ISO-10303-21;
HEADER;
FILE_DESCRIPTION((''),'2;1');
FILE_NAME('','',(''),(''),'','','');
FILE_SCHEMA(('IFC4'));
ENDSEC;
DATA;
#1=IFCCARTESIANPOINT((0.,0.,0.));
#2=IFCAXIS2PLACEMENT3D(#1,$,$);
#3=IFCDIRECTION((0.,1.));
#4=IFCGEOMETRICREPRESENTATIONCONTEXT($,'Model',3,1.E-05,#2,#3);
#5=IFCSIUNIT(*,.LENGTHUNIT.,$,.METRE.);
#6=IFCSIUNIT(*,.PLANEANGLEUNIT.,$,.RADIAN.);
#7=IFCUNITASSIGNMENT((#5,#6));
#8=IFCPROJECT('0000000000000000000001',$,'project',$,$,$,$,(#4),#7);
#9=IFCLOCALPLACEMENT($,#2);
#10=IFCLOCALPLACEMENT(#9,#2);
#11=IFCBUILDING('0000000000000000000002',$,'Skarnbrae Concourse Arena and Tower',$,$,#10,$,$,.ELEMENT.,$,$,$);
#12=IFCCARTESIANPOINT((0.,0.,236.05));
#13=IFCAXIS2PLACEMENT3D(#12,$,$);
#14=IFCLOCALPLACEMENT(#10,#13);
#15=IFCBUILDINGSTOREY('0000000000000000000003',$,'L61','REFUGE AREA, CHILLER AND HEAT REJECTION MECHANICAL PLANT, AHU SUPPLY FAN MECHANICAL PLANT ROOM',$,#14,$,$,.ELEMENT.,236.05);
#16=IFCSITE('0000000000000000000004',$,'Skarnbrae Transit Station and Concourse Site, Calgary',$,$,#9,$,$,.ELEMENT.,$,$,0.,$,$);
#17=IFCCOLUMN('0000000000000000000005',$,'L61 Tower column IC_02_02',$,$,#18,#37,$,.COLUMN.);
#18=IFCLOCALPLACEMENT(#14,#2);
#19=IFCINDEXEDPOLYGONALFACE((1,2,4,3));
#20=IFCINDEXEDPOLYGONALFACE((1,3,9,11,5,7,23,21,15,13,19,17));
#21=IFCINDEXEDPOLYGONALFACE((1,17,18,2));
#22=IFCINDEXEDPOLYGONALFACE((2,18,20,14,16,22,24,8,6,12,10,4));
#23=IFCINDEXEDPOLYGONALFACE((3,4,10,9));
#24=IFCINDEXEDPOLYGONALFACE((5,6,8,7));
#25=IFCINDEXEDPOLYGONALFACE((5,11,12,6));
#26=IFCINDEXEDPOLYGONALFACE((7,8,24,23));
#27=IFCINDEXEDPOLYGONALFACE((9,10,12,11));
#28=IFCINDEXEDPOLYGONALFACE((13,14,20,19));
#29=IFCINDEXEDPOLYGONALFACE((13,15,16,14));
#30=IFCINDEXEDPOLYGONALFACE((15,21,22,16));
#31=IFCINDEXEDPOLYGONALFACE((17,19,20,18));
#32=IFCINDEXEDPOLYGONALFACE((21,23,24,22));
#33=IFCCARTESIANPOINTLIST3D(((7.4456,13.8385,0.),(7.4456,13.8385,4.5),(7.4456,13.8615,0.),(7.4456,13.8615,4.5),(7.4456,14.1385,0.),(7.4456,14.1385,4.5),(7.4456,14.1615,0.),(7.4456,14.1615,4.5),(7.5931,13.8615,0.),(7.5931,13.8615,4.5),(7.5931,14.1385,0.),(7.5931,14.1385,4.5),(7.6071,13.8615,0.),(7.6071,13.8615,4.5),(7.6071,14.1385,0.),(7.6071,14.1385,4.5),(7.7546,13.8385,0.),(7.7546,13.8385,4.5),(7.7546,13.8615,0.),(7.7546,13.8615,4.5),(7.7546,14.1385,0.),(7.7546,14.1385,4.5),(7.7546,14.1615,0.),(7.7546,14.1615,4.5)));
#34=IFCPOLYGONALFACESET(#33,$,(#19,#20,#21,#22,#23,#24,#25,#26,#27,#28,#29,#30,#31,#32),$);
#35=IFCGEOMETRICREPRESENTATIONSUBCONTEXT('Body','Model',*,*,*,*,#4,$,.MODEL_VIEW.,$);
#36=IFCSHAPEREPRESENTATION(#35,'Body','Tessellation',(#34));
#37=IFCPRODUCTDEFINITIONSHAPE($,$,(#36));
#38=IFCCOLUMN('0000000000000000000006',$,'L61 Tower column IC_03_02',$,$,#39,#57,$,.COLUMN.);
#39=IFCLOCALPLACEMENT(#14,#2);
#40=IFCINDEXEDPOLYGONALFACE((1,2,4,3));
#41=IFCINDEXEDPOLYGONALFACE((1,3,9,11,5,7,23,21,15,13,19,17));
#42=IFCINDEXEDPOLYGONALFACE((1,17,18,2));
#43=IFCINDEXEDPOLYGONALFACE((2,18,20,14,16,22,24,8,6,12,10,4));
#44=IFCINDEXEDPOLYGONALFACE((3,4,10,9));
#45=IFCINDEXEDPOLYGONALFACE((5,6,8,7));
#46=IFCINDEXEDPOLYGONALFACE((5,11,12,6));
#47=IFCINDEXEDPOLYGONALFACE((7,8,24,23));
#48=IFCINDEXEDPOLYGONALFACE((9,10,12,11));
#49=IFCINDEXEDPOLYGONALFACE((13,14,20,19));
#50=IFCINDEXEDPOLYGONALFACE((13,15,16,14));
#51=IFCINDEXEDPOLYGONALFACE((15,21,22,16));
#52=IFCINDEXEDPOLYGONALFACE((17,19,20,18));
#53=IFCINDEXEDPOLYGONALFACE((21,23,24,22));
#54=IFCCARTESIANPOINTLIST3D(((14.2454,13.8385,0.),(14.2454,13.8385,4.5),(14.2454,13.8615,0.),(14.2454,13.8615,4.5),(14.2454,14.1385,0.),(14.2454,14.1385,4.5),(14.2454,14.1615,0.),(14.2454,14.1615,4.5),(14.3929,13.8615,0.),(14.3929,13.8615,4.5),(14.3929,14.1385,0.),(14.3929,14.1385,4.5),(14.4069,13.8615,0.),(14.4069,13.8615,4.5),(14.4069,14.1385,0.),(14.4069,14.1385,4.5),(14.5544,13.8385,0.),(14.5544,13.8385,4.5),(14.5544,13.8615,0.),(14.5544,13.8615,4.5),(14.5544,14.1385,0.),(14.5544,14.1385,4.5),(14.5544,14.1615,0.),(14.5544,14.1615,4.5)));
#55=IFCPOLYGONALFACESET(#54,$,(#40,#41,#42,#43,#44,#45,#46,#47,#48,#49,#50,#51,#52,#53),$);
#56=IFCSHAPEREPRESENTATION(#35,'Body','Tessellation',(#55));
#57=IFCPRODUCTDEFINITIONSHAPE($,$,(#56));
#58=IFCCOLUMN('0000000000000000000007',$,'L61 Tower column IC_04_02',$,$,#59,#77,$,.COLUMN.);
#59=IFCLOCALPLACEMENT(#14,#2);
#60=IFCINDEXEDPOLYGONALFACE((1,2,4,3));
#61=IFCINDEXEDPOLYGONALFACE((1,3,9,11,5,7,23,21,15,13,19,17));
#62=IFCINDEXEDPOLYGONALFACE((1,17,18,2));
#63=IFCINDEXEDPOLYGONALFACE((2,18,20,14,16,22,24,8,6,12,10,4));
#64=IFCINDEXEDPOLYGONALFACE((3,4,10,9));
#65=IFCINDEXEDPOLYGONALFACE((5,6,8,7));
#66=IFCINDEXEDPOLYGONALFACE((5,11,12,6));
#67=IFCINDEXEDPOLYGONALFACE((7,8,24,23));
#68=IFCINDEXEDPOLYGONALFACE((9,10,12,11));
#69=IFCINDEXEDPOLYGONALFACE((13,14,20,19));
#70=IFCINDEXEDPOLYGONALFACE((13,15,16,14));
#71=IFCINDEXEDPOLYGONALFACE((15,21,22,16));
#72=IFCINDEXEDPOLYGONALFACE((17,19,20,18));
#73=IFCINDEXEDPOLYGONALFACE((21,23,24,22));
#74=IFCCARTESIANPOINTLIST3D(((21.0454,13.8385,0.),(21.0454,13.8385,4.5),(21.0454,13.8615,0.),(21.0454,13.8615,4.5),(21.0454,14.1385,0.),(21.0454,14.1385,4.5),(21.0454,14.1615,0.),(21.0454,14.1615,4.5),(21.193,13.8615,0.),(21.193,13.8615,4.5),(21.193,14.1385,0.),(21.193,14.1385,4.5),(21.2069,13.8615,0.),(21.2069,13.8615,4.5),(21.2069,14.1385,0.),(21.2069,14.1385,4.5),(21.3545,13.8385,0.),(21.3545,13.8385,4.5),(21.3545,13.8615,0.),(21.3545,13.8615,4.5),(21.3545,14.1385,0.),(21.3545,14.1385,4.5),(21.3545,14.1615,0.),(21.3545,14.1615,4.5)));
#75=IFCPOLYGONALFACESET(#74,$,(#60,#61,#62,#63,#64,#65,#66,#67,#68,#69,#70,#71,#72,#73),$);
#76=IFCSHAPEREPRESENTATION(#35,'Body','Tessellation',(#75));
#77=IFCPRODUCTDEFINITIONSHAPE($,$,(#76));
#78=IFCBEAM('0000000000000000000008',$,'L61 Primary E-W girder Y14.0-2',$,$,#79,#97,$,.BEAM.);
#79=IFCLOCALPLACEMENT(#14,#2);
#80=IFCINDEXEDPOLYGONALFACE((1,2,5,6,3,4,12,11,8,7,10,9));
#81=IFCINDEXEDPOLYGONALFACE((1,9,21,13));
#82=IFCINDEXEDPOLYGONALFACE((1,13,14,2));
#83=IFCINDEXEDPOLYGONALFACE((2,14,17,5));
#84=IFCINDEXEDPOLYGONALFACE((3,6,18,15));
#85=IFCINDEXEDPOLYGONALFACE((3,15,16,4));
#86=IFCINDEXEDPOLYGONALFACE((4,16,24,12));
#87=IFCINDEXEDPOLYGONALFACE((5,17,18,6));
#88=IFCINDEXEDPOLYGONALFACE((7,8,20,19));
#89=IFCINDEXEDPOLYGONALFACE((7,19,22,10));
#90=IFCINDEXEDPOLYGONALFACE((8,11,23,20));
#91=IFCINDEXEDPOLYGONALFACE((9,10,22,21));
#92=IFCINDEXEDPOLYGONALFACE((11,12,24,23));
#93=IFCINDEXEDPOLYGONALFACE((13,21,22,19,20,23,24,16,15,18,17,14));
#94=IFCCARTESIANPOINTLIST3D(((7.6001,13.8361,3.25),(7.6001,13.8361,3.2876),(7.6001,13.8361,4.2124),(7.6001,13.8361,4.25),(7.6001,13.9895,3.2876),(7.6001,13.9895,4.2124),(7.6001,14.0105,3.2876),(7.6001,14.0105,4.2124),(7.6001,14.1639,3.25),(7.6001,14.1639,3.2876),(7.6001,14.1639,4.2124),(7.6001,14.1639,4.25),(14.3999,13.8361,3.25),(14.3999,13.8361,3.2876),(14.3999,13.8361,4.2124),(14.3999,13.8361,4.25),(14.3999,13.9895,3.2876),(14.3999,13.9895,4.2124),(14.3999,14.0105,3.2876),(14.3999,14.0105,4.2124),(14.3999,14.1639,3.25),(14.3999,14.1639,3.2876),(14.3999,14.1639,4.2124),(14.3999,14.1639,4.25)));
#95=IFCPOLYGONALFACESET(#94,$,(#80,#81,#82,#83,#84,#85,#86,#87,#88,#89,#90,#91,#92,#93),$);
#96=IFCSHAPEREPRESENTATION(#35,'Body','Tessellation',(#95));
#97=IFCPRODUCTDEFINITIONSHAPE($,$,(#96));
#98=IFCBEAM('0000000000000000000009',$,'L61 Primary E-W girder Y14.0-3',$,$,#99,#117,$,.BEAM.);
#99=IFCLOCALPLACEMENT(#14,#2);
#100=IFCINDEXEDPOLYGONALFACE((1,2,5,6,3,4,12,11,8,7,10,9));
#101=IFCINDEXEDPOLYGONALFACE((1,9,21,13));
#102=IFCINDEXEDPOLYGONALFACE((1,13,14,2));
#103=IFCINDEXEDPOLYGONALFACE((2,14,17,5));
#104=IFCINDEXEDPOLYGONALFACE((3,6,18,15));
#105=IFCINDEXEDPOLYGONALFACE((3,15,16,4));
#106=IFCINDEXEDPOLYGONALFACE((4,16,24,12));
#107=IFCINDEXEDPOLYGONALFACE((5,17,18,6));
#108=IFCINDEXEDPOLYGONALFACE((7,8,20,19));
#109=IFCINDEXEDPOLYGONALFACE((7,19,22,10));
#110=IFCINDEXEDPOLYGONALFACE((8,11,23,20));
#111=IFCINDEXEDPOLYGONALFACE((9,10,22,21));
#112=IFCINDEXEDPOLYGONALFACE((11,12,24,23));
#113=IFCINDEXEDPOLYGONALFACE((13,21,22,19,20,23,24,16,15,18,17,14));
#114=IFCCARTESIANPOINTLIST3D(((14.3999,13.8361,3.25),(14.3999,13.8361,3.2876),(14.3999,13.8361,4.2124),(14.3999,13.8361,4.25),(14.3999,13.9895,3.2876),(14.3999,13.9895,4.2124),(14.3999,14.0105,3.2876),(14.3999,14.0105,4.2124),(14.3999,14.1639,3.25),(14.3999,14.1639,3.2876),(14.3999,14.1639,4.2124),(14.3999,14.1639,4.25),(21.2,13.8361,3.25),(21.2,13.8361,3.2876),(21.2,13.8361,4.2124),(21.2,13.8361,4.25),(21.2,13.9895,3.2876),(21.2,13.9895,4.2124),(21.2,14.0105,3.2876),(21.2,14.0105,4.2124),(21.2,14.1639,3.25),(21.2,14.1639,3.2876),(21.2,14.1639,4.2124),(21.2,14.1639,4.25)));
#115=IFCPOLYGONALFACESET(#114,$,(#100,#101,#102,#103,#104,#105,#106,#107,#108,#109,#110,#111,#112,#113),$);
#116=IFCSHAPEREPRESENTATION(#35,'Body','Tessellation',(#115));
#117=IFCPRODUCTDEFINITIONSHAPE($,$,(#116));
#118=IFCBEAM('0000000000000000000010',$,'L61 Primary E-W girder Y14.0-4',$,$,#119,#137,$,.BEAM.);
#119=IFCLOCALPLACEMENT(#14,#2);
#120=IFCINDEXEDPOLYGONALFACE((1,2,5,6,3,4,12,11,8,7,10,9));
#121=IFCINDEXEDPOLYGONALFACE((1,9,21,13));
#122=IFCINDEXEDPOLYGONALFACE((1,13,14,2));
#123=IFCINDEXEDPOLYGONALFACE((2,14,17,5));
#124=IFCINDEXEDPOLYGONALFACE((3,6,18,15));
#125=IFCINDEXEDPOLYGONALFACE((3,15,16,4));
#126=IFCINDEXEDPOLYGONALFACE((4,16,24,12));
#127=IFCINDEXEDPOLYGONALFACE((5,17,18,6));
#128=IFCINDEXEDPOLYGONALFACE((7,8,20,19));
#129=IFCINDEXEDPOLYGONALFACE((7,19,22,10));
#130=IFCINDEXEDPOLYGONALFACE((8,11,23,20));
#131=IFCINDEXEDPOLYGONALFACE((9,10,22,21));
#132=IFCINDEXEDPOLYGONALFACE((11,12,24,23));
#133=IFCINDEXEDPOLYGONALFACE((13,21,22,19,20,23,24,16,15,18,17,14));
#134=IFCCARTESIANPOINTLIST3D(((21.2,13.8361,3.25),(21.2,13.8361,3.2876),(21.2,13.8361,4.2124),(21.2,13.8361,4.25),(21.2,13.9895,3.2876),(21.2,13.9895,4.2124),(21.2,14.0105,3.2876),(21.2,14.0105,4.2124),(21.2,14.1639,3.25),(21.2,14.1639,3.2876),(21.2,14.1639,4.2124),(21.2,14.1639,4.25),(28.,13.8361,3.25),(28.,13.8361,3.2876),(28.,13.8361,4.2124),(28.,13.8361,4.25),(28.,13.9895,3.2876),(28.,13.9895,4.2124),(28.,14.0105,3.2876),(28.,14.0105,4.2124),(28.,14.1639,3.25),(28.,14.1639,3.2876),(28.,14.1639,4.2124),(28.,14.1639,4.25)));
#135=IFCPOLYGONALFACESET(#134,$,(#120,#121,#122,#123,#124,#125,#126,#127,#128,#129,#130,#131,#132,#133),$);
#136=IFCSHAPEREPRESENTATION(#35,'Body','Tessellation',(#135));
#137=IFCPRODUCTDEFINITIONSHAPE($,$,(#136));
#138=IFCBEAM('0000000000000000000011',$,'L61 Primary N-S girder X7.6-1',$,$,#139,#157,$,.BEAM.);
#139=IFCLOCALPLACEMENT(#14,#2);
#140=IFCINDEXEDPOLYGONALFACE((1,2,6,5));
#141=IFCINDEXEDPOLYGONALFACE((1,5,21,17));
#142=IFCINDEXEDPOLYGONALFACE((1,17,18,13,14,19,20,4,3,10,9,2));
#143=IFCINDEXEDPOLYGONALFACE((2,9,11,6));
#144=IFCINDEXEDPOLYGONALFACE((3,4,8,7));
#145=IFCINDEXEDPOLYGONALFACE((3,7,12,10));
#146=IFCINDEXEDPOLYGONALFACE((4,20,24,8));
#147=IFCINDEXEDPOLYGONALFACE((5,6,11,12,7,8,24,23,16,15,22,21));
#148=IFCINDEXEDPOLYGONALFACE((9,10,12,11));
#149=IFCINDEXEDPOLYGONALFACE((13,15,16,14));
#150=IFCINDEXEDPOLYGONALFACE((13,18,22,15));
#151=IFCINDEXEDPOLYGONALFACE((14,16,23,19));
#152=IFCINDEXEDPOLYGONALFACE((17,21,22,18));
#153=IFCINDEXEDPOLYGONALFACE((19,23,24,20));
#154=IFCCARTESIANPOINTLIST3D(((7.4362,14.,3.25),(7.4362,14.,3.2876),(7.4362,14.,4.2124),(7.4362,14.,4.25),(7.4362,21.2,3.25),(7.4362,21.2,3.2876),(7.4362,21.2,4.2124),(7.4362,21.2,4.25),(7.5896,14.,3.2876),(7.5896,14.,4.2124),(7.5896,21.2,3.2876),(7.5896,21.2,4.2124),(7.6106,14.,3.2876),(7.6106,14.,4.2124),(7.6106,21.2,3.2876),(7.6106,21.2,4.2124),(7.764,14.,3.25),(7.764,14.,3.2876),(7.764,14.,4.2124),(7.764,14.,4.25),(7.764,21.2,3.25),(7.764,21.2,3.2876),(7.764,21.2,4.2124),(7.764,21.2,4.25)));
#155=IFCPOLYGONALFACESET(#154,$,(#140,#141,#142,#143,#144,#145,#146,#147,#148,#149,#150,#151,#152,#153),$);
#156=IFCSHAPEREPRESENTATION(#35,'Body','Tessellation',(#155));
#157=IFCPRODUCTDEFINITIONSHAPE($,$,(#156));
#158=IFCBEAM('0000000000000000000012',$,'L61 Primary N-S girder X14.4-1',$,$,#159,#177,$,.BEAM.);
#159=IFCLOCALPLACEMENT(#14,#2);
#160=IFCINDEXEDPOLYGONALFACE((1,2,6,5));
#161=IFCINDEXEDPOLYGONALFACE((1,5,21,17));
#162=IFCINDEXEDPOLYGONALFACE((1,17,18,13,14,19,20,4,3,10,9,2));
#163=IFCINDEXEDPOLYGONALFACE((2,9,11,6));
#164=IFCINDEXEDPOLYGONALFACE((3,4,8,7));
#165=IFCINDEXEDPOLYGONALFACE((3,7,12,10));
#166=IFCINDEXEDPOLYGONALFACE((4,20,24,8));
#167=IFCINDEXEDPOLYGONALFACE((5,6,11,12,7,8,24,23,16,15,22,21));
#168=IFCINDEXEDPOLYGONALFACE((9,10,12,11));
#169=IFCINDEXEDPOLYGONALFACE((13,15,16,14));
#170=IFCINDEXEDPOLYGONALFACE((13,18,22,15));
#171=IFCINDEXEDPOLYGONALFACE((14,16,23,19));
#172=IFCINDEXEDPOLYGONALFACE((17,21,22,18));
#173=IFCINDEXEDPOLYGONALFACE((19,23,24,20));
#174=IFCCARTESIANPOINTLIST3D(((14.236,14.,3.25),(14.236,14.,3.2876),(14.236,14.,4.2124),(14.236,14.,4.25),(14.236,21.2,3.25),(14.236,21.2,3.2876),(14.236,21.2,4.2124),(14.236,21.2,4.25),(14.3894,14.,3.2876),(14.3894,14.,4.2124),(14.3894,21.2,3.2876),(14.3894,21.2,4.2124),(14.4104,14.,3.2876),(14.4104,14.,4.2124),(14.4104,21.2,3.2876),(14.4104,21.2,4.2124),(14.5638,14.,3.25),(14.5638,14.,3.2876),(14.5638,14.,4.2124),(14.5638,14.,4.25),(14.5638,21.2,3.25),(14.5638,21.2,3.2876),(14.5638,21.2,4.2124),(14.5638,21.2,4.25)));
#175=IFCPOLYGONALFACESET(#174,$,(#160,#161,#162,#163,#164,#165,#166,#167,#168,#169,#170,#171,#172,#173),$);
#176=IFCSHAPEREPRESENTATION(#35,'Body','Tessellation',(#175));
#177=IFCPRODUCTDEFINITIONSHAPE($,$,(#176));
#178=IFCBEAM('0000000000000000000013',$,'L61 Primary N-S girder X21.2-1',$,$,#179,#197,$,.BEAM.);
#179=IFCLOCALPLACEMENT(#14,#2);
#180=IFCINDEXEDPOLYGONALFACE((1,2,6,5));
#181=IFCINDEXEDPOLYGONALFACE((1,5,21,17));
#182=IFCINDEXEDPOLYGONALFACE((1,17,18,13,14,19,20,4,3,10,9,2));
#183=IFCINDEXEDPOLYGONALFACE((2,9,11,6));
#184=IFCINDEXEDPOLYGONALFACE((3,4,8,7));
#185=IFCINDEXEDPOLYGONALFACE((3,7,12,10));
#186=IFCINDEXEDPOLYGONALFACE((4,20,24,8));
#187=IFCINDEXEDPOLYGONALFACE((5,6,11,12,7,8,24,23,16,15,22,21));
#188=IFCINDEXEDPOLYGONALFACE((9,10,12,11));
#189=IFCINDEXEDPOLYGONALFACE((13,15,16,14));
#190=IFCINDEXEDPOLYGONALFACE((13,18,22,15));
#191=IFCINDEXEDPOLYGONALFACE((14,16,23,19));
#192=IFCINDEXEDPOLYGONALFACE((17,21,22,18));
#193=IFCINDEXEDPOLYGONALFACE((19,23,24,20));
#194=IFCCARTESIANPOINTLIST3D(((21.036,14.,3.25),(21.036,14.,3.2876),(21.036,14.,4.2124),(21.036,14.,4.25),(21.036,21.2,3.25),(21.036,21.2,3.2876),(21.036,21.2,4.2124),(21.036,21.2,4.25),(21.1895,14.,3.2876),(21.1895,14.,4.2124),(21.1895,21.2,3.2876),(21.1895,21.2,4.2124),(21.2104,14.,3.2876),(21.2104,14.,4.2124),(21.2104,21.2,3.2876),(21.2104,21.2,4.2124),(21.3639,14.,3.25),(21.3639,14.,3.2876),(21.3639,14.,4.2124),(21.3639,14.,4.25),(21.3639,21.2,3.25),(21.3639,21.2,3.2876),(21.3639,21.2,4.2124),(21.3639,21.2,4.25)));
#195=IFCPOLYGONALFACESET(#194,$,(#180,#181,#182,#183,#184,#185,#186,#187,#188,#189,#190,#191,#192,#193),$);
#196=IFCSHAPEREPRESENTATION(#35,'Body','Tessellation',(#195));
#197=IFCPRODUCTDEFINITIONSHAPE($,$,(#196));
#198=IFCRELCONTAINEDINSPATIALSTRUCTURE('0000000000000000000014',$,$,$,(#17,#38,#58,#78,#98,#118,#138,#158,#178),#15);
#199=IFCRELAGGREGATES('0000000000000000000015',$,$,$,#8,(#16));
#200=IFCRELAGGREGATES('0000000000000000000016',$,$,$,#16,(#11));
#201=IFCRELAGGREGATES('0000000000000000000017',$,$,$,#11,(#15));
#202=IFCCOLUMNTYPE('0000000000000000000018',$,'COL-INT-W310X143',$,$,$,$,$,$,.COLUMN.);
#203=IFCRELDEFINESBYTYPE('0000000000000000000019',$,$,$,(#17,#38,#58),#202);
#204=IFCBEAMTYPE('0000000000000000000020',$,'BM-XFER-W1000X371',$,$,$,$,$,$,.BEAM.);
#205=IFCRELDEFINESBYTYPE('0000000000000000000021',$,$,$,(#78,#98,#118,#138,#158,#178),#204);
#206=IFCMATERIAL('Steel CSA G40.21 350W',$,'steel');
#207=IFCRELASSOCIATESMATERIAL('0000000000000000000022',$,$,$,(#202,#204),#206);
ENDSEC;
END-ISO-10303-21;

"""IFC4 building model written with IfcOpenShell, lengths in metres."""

from ifc_helpers import new_model, si_unit, direction, frame, origin, origin_2d, place, context, subcontext, project, spatial, i_section, extrude, source, transform, mapped, material, material_profile, profile_set, type_object, element, save


model = new_model("IFC4")

# Units and contexts
model_context = context("Model", 3, precision=1e-05, world=origin(), true_north=direction((0.0, 1.0)))
body_context = subcontext(model_context, "Body", "Model", "MODEL_VIEW")
ifc_project = project(units=[si_unit("LENGTHUNIT", "METRE"), si_unit("PLANEANGLEUNIT", "RADIAN")], contexts=[model_context])

# Site, building, storey
site_placement = place(None, origin())
site = spatial("IfcSite", under=ifc_project, at=site_placement, Name="Skarnbrae Transit Station and Concourse Site, Calgary", CompositionType="ELEMENT", RefElevation=0.0)
building_placement = place(site_placement, origin())
building = spatial("IfcBuilding", under=site, at=building_placement, Name="Skarnbrae Concourse Arena and Tower", CompositionType="ELEMENT")
storey_placement = place(building_placement, frame((0.0, 0.0, 236.05)))
storey = spatial("IfcBuildingStorey", under=building, at=storey_placement, Name="L61", Description="REFUGE AREA, CHILLER AND HEAT REJECTION MECHANICAL PLANT, AHU SUPPLY FAN MECHANICAL PLANT ROOM", CompositionType="ELEMENT", Elevation=236.05)

# Columns
ifc_material_1 = material(Name="Steel CSA G40.21 350W", Category="steel")
ifc_material_profile_1 = material_profile(ifc_material_1, i_section(OverallWidth=0.3091, OverallDepth=0.323, WebThickness=0.0139, FlangeThickness=0.0229, at=origin_2d()), Name="W310X143")
ifc_profile_set_1 = profile_set([ifc_material_profile_1], Name="Steel CSA G40.21 350W")
column_type = type_object("IfcColumnType", Name="COL-INT-W310X143", PredefinedType="COLUMN", material=ifc_profile_set_1)
shared_shape_1 = source(origin(), body_context, "Body", "SweptSolid", [
    extrude(i_section(OverallWidth=0.3091, OverallDepth=0.323, WebThickness=0.0139, FlangeThickness=0.0229, at=origin_2d()), origin(), (0.0, 0.0, 1.0), 4.5),
])
for number, where, z_axis, x_axis, name in (
    (1, (7.6001, 14.0, 0.0), (0.0, 0.0, 1.0), (1.0, 0.0, 0.0), "L61 Tower column IC_02_02"),
    (2, (14.3999, 14.0, 0.0), (0.0, 0.0, 1.0), (1.0, 0.0, 0.0), "L61 Tower column IC_03_02"),
    (3, (21.2, 14.0, 0.0), (0.0, 0.0, 1.0), (1.0, 0.0, 0.0), "L61 Tower column IC_04_02"),
):
    element("IfcColumn", number, at=place(storey_placement, frame(where, z_axis=z_axis, x_axis=x_axis)), inside=storey, type_object=column_type, Name=name, PredefinedType="COLUMN", context=body_context, shape_type="MappedRepresentation", body=[
        mapped(shared_shape_1, transform((0.0, 0.0, 0.0))),
    ])

# Beams
ifc_material_profile_2 = material_profile(ifc_material_1, i_section(OverallWidth=0.3279, OverallDepth=1.0, WebThickness=0.021, FlangeThickness=0.0376, at=origin_2d()), Name="W1000X371")
ifc_profile_set_2 = profile_set([ifc_material_profile_2], Name="Steel CSA G40.21 350W")
beam_type_1 = type_object("IfcBeamType", Name="BM-XFER-W1000X371", PredefinedType="BEAM", material=ifc_profile_set_2)
shared_shape_2 = source(origin(), body_context, "Body", "SweptSolid", [
    extrude(i_section(OverallWidth=0.3279, OverallDepth=1.0, WebThickness=0.021, FlangeThickness=0.0376, at=origin_2d()), origin(), (0.0, 0.0, 1.0), 6.7998),
])
beam_placement = place(storey_placement, frame((7.6001, 14.0, 3.75), z_axis=(1.0, 0.0, 0.0), x_axis=(0.0, 1.0, 0.0)))
element("IfcBeam", 4, at=beam_placement, inside=storey, type_object=beam_type_1, Name="L61 Primary E-W girder Y14.0-2", PredefinedType="BEAM", context=body_context, shape_type="MappedRepresentation", body=[
    mapped(shared_shape_2, transform((0.0, 0.0, 0.0))),
])
shared_shape_3 = source(origin(), body_context, "Body", "SweptSolid", [
    extrude(i_section(OverallWidth=0.3279, OverallDepth=1.0, WebThickness=0.021, FlangeThickness=0.0376, at=origin_2d()), origin(), (0.0, 0.0, 1.0), 6.8),
])
for number, where, z_axis, x_axis, name in (
    (5, (14.3999, 14.0, 3.75), (1.0, 0.0, 0.0), (0.0, 1.0, 0.0), "L61 Primary E-W girder Y14.0-3"),
    (6, (21.2, 14.0, 3.75), (1.0, 0.0, 0.0), (0.0, 1.0, 0.0), "L61 Primary E-W girder Y14.0-4"),
):
    element("IfcBeam", number, at=place(storey_placement, frame(where, z_axis=z_axis, x_axis=x_axis)), inside=storey, type_object=beam_type_1, Name=name, PredefinedType="BEAM", context=body_context, shape_type="MappedRepresentation", body=[
        mapped(shared_shape_3, transform((0.0, 0.0, 0.0))),
    ])
shared_shape_4 = source(origin(), body_context, "Body", "SweptSolid", [
    extrude(i_section(OverallWidth=0.3279, OverallDepth=1.0, WebThickness=0.021, FlangeThickness=0.0376, at=origin_2d()), origin(), (0.0, 0.0, 1.0), 7.2),
])
for number, where, z_axis, x_axis, name in (
    (7, (7.6001, 14.0, 3.75), (0.0, 1.0, 0.0), (-1.0, 0.0, 0.0), "L61 Primary N-S girder X7.6-1"),
    (8, (14.3999, 14.0, 3.75), (0.0, 1.0, 0.0), (-1.0, 0.0, 0.0), "L61 Primary N-S girder X14.4-1"),
    (9, (21.2, 14.0, 3.75), (0.0, 1.0, 0.0), (-1.0, 0.0, 0.0), "L61 Primary N-S girder X21.2-1"),
):
    element("IfcBeam", number, at=place(storey_placement, frame(where, z_axis=z_axis, x_axis=x_axis)), inside=storey, type_object=beam_type_1, Name=name, PredefinedType="BEAM", context=body_context, shape_type="MappedRepresentation", body=[
        mapped(shared_shape_4, transform((0.0, 0.0, 0.0))),
    ])

save(model, "model.ifc")
